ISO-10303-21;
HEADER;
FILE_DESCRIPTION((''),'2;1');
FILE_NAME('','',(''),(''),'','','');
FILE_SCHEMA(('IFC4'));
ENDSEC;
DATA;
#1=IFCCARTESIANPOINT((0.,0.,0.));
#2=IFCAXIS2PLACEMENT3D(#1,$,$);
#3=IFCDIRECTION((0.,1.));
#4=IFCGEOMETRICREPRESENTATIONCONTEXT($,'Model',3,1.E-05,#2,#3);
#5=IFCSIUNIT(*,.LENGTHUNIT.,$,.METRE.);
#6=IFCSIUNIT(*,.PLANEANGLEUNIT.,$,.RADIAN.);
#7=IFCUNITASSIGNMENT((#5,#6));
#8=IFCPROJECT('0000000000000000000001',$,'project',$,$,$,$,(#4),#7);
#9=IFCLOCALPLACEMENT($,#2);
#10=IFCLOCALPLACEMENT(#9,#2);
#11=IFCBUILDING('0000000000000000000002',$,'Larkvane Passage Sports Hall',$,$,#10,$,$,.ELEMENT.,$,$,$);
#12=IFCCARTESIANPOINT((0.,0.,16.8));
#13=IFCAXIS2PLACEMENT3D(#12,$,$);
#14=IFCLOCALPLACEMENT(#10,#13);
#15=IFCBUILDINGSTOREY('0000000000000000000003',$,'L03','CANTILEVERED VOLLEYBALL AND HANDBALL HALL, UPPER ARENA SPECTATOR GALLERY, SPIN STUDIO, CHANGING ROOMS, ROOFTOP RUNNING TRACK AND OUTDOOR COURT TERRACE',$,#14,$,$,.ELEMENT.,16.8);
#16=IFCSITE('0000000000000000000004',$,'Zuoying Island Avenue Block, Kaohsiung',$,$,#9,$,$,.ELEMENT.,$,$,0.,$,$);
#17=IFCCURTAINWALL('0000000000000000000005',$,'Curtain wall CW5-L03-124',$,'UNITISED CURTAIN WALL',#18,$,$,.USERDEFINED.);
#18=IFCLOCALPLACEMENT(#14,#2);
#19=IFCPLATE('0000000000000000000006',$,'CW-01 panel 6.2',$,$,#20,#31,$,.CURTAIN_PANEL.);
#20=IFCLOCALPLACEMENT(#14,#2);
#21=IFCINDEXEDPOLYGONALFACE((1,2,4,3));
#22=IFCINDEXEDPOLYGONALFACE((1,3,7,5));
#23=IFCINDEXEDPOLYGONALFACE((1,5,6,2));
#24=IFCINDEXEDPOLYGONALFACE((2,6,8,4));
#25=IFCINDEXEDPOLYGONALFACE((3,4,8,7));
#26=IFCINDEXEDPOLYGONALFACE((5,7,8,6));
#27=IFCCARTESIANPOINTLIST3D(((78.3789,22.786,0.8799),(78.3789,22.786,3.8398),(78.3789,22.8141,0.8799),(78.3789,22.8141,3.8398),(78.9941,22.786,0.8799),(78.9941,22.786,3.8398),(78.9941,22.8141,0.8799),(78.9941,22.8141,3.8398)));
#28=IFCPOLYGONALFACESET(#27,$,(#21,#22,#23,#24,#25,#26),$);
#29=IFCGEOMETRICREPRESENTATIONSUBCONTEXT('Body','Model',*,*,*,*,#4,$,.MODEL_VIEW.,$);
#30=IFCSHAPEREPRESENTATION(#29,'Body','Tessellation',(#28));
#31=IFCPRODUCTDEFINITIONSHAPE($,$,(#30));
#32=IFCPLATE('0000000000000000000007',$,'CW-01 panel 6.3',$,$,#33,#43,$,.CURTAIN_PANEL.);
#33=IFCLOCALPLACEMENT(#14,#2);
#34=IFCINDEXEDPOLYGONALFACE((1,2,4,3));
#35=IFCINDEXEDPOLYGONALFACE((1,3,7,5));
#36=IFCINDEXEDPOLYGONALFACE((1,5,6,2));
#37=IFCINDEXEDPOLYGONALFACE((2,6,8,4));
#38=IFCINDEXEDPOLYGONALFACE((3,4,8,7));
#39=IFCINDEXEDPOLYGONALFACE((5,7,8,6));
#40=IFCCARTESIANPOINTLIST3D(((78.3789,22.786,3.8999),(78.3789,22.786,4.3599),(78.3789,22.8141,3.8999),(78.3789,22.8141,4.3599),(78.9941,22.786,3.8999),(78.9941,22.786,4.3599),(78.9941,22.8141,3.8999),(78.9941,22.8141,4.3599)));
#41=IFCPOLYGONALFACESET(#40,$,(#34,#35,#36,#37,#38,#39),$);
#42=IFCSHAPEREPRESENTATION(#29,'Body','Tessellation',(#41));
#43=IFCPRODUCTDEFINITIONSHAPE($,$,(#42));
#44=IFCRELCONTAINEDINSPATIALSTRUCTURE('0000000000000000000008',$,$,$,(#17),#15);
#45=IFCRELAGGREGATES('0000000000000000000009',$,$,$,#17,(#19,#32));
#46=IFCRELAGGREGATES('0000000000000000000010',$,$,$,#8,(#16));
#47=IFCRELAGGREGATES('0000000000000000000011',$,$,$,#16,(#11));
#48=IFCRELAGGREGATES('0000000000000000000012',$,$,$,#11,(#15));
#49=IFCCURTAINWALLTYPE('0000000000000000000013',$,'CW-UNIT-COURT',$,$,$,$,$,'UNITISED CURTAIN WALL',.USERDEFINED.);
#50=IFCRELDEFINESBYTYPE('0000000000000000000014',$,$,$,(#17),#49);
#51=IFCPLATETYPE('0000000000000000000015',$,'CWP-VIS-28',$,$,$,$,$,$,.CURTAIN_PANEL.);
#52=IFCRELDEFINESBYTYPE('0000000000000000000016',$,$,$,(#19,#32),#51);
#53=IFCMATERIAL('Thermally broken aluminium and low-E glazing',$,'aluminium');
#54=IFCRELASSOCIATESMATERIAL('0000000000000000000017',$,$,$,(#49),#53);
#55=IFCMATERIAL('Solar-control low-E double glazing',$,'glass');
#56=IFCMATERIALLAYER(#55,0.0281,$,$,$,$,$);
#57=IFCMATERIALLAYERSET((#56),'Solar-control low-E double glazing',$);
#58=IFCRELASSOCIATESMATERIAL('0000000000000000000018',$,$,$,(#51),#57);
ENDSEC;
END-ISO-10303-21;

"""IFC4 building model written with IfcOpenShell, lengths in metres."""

from ifc_helpers import new_model, si_unit, direction, frame, origin, origin_2d, place, context, subcontext, project, spatial, rectangle, extrude, material, layer, layer_set, type_object, element, aggregate, save


model = new_model("IFC4")

# Units and contexts
model_context = context("Model", 3, precision=1e-05, world=origin(), true_north=direction((0.0, 1.0)))
body_context = subcontext(model_context, "Body", "Model", "MODEL_VIEW")
ifc_project = project(units=[si_unit("LENGTHUNIT", "METRE"), si_unit("PLANEANGLEUNIT", "RADIAN")], contexts=[model_context])

# Site, building, storey
site_placement = place(None, origin())
site = spatial("IfcSite", under=ifc_project, at=site_placement, Name="Zuoying Island Avenue Block, Kaohsiung", CompositionType="ELEMENT", RefElevation=0.0)
building_placement = place(site_placement, origin())
building = spatial("IfcBuilding", under=site, at=building_placement, Name="Larkvane Passage Sports Hall", CompositionType="ELEMENT")
storey_placement = place(building_placement, frame((0.0, 0.0, 16.8)))
storey = spatial("IfcBuildingStorey", under=building, at=storey_placement, Name="L03", Description="CANTILEVERED VOLLEYBALL AND HANDBALL HALL, UPPER ARENA SPECTATOR GALLERY, SPIN STUDIO, CHANGING ROOMS, ROOFTOP RUNNING TRACK AND OUTDOOR COURT TERRACE", CompositionType="ELEMENT", Elevation=16.8)

# Curtain wall, plates
ifc_material_1 = material(Name="Thermally broken aluminium and low-E glazing", Category="aluminium")
curtain_wall_type = type_object("IfcCurtainWallType", Name="CW-UNIT-COURT", ElementType="UNITISED CURTAIN WALL", PredefinedType="USERDEFINED", material=ifc_material_1)
curtain_wall_placement = place(storey_placement, origin())
curtain_wall = element("IfcCurtainWall", 1, at=curtain_wall_placement, inside=storey, type_object=curtain_wall_type, Name="Curtain wall CW5-L03-124", ObjectType="UNITISED CURTAIN WALL", PredefinedType="USERDEFINED")
ifc_material_2 = material(Name="Solar-control low-E double glazing", Category="glass")
ifc_layer_1 = layer(ifc_material_2, 0.0281)
ifc_layer_set_1 = layer_set([ifc_layer_1], Name="Solar-control low-E double glazing")
plate_type_1 = type_object("IfcPlateType", Name="CWP-VIS-28", PredefinedType="CURTAIN_PANEL", material=ifc_layer_set_1)
plate_1_placement = place(storey_placement, frame((78.6865, 22.8, 0.8799), z_axis=(0.0, 0.0, 1.0), x_axis=(-1.0, 0.0, 0.0)))
plate_1 = element("IfcPlate", 2, at=plate_1_placement, type_object=plate_type_1, Name="CW-01 panel 6.2", PredefinedType="CURTAIN_PANEL", context=body_context, shape_type="SweptSolid", body=[
    extrude(rectangle(XDim=0.6152, YDim=0.0281, at=origin_2d()), origin(), (0.0, 0.0, 1.0), 2.96),
])
plate_2_placement = place(storey_placement, frame((78.6865, 22.8, 3.8999), z_axis=(0.0, 0.0, 1.0), x_axis=(-1.0, 0.0, 0.0)))
plate_2 = element("IfcPlate", 3, at=plate_2_placement, type_object=plate_type_1, Name="CW-01 panel 6.3", PredefinedType="CURTAIN_PANEL", context=body_context, shape_type="SweptSolid", body=[
    extrude(rectangle(XDim=0.6152, YDim=0.0281, at=origin_2d()), origin(), (0.0, 0.0, 1.0), 0.46),
])
aggregate(curtain_wall, [plate_1, plate_2])

save(model, "model.ifc")
